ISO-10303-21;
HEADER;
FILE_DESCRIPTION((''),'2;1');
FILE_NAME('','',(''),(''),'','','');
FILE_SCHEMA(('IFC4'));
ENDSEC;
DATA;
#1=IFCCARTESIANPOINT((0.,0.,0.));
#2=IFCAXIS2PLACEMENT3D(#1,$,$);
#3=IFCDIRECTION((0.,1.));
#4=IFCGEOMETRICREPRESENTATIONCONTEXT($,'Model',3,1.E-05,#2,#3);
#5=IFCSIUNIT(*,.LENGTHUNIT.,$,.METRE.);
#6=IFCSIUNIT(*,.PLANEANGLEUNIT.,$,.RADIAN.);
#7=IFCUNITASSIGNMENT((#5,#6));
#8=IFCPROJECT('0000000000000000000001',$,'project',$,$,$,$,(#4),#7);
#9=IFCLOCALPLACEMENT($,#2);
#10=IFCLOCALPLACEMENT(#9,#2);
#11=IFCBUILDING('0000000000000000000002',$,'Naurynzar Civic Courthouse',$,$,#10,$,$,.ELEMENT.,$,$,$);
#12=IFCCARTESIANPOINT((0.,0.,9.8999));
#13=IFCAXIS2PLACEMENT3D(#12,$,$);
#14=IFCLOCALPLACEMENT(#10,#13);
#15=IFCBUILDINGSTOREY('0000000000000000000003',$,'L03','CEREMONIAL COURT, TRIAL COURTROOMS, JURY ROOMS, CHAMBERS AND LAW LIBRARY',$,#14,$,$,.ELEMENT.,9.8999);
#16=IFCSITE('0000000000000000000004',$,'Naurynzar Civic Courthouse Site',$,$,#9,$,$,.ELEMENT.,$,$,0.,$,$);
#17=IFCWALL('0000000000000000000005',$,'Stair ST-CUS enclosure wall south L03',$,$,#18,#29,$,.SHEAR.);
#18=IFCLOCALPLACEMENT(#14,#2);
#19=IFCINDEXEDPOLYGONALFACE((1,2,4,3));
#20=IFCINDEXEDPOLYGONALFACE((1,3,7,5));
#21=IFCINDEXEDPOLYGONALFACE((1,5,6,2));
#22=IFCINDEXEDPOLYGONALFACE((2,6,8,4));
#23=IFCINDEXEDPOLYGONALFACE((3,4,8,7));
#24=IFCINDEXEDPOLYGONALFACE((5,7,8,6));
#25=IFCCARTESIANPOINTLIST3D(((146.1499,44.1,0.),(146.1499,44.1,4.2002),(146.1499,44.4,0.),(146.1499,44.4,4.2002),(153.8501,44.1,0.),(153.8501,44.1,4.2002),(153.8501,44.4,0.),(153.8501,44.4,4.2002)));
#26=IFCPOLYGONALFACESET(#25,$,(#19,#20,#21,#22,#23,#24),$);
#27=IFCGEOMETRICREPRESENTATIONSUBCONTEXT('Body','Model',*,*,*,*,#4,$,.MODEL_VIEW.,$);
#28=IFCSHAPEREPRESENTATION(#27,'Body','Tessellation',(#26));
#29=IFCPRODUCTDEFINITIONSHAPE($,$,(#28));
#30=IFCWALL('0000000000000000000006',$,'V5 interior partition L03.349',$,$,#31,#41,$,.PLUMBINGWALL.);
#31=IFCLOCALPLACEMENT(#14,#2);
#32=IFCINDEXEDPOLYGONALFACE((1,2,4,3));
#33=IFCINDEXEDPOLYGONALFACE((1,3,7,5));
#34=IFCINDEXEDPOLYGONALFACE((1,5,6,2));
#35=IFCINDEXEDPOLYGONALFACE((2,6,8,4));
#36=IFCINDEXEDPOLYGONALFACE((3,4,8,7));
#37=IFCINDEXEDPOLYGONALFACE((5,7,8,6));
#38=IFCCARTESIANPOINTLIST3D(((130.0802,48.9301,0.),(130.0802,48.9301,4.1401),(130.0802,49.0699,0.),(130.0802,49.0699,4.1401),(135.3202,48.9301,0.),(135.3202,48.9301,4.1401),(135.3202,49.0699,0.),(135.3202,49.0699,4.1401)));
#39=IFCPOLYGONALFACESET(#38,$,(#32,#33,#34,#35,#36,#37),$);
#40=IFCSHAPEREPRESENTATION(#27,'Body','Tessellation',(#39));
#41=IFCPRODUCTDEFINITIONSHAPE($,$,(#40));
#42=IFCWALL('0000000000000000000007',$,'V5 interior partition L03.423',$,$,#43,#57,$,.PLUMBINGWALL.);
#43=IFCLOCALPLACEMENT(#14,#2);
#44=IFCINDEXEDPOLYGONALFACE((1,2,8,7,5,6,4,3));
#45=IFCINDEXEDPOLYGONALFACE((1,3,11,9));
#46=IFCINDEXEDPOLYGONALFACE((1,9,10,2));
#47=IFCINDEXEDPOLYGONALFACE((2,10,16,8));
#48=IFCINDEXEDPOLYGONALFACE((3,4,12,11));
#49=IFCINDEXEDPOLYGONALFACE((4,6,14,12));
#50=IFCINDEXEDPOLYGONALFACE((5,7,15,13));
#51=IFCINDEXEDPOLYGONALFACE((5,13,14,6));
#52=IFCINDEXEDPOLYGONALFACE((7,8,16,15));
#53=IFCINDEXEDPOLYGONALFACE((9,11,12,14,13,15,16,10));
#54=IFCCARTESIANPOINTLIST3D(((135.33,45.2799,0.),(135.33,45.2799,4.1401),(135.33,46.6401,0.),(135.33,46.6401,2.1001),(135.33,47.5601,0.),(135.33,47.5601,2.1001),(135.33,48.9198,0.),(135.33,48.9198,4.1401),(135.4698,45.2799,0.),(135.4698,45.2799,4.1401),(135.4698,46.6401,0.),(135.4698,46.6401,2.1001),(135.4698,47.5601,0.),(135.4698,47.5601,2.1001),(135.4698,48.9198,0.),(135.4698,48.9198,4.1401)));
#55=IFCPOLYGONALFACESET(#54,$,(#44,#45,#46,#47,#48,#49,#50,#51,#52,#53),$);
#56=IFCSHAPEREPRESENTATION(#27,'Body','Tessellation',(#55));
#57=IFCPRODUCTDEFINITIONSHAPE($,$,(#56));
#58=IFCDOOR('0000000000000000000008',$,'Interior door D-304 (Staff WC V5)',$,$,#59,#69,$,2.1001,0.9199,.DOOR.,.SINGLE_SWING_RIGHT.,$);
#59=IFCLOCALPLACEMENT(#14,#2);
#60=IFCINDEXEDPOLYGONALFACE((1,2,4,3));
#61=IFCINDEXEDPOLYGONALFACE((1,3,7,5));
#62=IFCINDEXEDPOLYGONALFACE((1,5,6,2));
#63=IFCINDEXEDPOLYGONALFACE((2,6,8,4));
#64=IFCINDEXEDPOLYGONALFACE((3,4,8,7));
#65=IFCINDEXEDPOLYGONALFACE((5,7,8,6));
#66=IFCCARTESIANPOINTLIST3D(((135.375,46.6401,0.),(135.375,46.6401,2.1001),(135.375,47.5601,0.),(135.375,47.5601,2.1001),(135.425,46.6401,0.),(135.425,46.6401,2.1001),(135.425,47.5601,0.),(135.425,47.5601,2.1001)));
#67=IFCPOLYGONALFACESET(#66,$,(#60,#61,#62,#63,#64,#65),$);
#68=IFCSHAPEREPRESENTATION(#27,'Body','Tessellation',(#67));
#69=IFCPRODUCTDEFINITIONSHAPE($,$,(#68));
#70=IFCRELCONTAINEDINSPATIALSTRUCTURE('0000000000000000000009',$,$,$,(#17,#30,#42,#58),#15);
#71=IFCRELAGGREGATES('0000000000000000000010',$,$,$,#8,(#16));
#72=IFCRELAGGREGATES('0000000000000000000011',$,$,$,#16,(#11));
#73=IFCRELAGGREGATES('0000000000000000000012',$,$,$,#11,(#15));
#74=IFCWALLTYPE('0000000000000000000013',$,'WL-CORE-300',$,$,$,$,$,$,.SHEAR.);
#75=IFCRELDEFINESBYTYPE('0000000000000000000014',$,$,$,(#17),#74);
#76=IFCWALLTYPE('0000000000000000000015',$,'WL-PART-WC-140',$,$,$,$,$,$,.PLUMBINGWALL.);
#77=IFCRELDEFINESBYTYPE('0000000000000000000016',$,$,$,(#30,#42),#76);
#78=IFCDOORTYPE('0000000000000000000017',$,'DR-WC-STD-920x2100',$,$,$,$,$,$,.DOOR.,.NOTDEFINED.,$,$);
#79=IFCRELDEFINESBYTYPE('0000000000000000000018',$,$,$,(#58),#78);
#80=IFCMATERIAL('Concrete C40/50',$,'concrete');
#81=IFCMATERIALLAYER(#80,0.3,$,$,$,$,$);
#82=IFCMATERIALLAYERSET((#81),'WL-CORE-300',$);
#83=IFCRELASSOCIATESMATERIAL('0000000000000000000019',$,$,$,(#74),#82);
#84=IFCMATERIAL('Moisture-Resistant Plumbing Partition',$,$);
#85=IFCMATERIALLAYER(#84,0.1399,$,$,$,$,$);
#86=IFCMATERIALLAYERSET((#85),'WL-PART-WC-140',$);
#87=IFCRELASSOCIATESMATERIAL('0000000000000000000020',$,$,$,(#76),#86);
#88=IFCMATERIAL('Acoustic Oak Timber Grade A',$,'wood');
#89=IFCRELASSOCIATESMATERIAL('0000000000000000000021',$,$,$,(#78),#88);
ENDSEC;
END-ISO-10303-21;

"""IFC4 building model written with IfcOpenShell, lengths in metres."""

from ifc_helpers import new_model, si_unit, direction, frame, frame_2d, origin, place, context, subcontext, project, spatial, rectangle, extrude, material, layer, layer_set, type_object, element, fill, save


model = new_model("IFC4")

# Units and contexts
model_context = context("Model", 3, precision=1e-05, world=origin(), true_north=direction((0.0, 1.0)))
body_context = subcontext(model_context, "Body", "Model", "MODEL_VIEW")
ifc_project = project(units=[si_unit("LENGTHUNIT", "METRE"), si_unit("PLANEANGLEUNIT", "RADIAN")], contexts=[model_context])

# Site, building, storey
site_placement = place(None, origin())
site = spatial("IfcSite", under=ifc_project, at=site_placement, Name="Naurynzar Civic Courthouse Site", CompositionType="ELEMENT", RefElevation=0.0)
building_placement = place(site_placement, origin())
building = spatial("IfcBuilding", under=site, at=building_placement, Name="Naurynzar Civic Courthouse", CompositionType="ELEMENT")
storey_placement = place(building_placement, frame((0.0, 0.0, 9.8999)))
storey = spatial("IfcBuildingStorey", under=building, at=storey_placement, Name="L03", Description="CEREMONIAL COURT, TRIAL COURTROOMS, JURY ROOMS, CHAMBERS AND LAW LIBRARY", CompositionType="ELEMENT", Elevation=9.8999)

# Wall
ifc_material_1 = material(Name="Concrete C40/50", Category="concrete")
ifc_layer_1 = layer(ifc_material_1, 0.3)
ifc_layer_set_1 = layer_set([ifc_layer_1], Name="WL-CORE-300")
wall_type_1 = type_object("IfcWallType", Name="WL-CORE-300", PredefinedType="SHEAR", material=ifc_layer_set_1)
wall_1_placement = place(storey_placement, frame((146.1499, 44.25, 0.0), z_axis=(0.0, 0.0, 1.0), x_axis=(1.0, 0.0, 0.0)))
element("IfcWall", 1, at=wall_1_placement, inside=storey, type_object=wall_type_1, Name="Stair ST-CUS enclosure wall south L03", PredefinedType="SHEAR", context=body_context, shape_type="SweptSolid", body=[
    extrude(rectangle(XDim=7.7002, YDim=0.3, at=frame_2d((3.8501, 0.0))), origin(), (0.0, 0.0, 1.0), 4.2002),
])

# Wall
ifc_material_2 = material(Name="Moisture-Resistant Plumbing Partition")
ifc_layer_2 = layer(ifc_material_2, 0.1399)
ifc_layer_set_2 = layer_set([ifc_layer_2], Name="WL-PART-WC-140")
wall_type_2 = type_object("IfcWallType", Name="WL-PART-WC-140", PredefinedType="PLUMBINGWALL", material=ifc_layer_set_2)
wall_2_placement = place(storey_placement, frame((130.0801, 49.0, 0.0), z_axis=(0.0, 0.0, 1.0), x_axis=(1.0, 0.0, 0.0)))
element("IfcWall", 2, at=wall_2_placement, inside=storey, type_object=wall_type_2, Name="V5 interior partition L03.349", PredefinedType="PLUMBINGWALL", context=body_context, shape_type="SweptSolid", body=[
    extrude(rectangle(XDim=5.24, YDim=0.1399, at=frame_2d((2.6201, 0.0))), origin(), (0.0, 0.0, 1.0), 4.1401),
])

# Wall, opening, door
wall_3_placement = place(storey_placement, frame((135.3999, 45.28, 0.0), z_axis=(0.0, 0.0, 1.0), x_axis=(0.0, 1.0, 0.0)))
wall_3 = element("IfcWall", 3, at=wall_3_placement, inside=storey, type_object=wall_type_2, Name="V5 interior partition L03.423", PredefinedType="PLUMBINGWALL", context=body_context, shape_type="SweptSolid", body=[
    extrude(rectangle(XDim=3.6399, YDim=0.1399, at=frame_2d((1.8198, 0.0))), origin(), (0.0, 0.0, 1.0), 4.1401),
])
opening_1_placement = place(wall_3_placement, frame((1.3601, 0.0, 0.0)))
opening_1 = element("IfcOpeningElement", 4, at=opening_1_placement, cuts=wall_3, PredefinedType="OPENING", context=body_context, shape_type="SweptSolid", body=[
    extrude(rectangle(XDim=0.9199, YDim=2.1001, at=frame_2d((0.46, 1.05))), frame((0.0, 0.0798, 0.0), z_axis=(0.0, -1.0, 0.0), x_axis=(1.0, 0.0, 0.0)), (0.0, 0.0, 1.0), 0.1599),
])
ifc_material_3 = material(Name="Acoustic Oak Timber Grade A", Category="wood")
door_type_1 = type_object("IfcDoorType", Name="DR-WC-STD-920x2100", OperationType="NOTDEFINED", PredefinedType="DOOR", material=ifc_material_3)
door_1_placement = place(opening_1_placement, origin())
door_1 = element("IfcDoor", 5, at=door_1_placement, inside=storey, type_object=door_type_1, Name="Interior door D-304 (Staff WC V5)", OperationType="SINGLE_SWING_RIGHT", OverallHeight=2.1001, OverallWidth=0.9199, PredefinedType="DOOR", context=body_context, shape_type="SweptSolid", body=[
    extrude(rectangle(XDim=0.9199, YDim=2.1001, at=frame_2d((0.46, 1.05))), frame((0.0, 0.0249, 0.0), z_axis=(0.0, -1.0, 0.0), x_axis=(1.0, 0.0, 0.0)), (0.0, 0.0, 1.0), 0.05),
])
fill(opening_1, door_1)

save(model, "model.ifc")
